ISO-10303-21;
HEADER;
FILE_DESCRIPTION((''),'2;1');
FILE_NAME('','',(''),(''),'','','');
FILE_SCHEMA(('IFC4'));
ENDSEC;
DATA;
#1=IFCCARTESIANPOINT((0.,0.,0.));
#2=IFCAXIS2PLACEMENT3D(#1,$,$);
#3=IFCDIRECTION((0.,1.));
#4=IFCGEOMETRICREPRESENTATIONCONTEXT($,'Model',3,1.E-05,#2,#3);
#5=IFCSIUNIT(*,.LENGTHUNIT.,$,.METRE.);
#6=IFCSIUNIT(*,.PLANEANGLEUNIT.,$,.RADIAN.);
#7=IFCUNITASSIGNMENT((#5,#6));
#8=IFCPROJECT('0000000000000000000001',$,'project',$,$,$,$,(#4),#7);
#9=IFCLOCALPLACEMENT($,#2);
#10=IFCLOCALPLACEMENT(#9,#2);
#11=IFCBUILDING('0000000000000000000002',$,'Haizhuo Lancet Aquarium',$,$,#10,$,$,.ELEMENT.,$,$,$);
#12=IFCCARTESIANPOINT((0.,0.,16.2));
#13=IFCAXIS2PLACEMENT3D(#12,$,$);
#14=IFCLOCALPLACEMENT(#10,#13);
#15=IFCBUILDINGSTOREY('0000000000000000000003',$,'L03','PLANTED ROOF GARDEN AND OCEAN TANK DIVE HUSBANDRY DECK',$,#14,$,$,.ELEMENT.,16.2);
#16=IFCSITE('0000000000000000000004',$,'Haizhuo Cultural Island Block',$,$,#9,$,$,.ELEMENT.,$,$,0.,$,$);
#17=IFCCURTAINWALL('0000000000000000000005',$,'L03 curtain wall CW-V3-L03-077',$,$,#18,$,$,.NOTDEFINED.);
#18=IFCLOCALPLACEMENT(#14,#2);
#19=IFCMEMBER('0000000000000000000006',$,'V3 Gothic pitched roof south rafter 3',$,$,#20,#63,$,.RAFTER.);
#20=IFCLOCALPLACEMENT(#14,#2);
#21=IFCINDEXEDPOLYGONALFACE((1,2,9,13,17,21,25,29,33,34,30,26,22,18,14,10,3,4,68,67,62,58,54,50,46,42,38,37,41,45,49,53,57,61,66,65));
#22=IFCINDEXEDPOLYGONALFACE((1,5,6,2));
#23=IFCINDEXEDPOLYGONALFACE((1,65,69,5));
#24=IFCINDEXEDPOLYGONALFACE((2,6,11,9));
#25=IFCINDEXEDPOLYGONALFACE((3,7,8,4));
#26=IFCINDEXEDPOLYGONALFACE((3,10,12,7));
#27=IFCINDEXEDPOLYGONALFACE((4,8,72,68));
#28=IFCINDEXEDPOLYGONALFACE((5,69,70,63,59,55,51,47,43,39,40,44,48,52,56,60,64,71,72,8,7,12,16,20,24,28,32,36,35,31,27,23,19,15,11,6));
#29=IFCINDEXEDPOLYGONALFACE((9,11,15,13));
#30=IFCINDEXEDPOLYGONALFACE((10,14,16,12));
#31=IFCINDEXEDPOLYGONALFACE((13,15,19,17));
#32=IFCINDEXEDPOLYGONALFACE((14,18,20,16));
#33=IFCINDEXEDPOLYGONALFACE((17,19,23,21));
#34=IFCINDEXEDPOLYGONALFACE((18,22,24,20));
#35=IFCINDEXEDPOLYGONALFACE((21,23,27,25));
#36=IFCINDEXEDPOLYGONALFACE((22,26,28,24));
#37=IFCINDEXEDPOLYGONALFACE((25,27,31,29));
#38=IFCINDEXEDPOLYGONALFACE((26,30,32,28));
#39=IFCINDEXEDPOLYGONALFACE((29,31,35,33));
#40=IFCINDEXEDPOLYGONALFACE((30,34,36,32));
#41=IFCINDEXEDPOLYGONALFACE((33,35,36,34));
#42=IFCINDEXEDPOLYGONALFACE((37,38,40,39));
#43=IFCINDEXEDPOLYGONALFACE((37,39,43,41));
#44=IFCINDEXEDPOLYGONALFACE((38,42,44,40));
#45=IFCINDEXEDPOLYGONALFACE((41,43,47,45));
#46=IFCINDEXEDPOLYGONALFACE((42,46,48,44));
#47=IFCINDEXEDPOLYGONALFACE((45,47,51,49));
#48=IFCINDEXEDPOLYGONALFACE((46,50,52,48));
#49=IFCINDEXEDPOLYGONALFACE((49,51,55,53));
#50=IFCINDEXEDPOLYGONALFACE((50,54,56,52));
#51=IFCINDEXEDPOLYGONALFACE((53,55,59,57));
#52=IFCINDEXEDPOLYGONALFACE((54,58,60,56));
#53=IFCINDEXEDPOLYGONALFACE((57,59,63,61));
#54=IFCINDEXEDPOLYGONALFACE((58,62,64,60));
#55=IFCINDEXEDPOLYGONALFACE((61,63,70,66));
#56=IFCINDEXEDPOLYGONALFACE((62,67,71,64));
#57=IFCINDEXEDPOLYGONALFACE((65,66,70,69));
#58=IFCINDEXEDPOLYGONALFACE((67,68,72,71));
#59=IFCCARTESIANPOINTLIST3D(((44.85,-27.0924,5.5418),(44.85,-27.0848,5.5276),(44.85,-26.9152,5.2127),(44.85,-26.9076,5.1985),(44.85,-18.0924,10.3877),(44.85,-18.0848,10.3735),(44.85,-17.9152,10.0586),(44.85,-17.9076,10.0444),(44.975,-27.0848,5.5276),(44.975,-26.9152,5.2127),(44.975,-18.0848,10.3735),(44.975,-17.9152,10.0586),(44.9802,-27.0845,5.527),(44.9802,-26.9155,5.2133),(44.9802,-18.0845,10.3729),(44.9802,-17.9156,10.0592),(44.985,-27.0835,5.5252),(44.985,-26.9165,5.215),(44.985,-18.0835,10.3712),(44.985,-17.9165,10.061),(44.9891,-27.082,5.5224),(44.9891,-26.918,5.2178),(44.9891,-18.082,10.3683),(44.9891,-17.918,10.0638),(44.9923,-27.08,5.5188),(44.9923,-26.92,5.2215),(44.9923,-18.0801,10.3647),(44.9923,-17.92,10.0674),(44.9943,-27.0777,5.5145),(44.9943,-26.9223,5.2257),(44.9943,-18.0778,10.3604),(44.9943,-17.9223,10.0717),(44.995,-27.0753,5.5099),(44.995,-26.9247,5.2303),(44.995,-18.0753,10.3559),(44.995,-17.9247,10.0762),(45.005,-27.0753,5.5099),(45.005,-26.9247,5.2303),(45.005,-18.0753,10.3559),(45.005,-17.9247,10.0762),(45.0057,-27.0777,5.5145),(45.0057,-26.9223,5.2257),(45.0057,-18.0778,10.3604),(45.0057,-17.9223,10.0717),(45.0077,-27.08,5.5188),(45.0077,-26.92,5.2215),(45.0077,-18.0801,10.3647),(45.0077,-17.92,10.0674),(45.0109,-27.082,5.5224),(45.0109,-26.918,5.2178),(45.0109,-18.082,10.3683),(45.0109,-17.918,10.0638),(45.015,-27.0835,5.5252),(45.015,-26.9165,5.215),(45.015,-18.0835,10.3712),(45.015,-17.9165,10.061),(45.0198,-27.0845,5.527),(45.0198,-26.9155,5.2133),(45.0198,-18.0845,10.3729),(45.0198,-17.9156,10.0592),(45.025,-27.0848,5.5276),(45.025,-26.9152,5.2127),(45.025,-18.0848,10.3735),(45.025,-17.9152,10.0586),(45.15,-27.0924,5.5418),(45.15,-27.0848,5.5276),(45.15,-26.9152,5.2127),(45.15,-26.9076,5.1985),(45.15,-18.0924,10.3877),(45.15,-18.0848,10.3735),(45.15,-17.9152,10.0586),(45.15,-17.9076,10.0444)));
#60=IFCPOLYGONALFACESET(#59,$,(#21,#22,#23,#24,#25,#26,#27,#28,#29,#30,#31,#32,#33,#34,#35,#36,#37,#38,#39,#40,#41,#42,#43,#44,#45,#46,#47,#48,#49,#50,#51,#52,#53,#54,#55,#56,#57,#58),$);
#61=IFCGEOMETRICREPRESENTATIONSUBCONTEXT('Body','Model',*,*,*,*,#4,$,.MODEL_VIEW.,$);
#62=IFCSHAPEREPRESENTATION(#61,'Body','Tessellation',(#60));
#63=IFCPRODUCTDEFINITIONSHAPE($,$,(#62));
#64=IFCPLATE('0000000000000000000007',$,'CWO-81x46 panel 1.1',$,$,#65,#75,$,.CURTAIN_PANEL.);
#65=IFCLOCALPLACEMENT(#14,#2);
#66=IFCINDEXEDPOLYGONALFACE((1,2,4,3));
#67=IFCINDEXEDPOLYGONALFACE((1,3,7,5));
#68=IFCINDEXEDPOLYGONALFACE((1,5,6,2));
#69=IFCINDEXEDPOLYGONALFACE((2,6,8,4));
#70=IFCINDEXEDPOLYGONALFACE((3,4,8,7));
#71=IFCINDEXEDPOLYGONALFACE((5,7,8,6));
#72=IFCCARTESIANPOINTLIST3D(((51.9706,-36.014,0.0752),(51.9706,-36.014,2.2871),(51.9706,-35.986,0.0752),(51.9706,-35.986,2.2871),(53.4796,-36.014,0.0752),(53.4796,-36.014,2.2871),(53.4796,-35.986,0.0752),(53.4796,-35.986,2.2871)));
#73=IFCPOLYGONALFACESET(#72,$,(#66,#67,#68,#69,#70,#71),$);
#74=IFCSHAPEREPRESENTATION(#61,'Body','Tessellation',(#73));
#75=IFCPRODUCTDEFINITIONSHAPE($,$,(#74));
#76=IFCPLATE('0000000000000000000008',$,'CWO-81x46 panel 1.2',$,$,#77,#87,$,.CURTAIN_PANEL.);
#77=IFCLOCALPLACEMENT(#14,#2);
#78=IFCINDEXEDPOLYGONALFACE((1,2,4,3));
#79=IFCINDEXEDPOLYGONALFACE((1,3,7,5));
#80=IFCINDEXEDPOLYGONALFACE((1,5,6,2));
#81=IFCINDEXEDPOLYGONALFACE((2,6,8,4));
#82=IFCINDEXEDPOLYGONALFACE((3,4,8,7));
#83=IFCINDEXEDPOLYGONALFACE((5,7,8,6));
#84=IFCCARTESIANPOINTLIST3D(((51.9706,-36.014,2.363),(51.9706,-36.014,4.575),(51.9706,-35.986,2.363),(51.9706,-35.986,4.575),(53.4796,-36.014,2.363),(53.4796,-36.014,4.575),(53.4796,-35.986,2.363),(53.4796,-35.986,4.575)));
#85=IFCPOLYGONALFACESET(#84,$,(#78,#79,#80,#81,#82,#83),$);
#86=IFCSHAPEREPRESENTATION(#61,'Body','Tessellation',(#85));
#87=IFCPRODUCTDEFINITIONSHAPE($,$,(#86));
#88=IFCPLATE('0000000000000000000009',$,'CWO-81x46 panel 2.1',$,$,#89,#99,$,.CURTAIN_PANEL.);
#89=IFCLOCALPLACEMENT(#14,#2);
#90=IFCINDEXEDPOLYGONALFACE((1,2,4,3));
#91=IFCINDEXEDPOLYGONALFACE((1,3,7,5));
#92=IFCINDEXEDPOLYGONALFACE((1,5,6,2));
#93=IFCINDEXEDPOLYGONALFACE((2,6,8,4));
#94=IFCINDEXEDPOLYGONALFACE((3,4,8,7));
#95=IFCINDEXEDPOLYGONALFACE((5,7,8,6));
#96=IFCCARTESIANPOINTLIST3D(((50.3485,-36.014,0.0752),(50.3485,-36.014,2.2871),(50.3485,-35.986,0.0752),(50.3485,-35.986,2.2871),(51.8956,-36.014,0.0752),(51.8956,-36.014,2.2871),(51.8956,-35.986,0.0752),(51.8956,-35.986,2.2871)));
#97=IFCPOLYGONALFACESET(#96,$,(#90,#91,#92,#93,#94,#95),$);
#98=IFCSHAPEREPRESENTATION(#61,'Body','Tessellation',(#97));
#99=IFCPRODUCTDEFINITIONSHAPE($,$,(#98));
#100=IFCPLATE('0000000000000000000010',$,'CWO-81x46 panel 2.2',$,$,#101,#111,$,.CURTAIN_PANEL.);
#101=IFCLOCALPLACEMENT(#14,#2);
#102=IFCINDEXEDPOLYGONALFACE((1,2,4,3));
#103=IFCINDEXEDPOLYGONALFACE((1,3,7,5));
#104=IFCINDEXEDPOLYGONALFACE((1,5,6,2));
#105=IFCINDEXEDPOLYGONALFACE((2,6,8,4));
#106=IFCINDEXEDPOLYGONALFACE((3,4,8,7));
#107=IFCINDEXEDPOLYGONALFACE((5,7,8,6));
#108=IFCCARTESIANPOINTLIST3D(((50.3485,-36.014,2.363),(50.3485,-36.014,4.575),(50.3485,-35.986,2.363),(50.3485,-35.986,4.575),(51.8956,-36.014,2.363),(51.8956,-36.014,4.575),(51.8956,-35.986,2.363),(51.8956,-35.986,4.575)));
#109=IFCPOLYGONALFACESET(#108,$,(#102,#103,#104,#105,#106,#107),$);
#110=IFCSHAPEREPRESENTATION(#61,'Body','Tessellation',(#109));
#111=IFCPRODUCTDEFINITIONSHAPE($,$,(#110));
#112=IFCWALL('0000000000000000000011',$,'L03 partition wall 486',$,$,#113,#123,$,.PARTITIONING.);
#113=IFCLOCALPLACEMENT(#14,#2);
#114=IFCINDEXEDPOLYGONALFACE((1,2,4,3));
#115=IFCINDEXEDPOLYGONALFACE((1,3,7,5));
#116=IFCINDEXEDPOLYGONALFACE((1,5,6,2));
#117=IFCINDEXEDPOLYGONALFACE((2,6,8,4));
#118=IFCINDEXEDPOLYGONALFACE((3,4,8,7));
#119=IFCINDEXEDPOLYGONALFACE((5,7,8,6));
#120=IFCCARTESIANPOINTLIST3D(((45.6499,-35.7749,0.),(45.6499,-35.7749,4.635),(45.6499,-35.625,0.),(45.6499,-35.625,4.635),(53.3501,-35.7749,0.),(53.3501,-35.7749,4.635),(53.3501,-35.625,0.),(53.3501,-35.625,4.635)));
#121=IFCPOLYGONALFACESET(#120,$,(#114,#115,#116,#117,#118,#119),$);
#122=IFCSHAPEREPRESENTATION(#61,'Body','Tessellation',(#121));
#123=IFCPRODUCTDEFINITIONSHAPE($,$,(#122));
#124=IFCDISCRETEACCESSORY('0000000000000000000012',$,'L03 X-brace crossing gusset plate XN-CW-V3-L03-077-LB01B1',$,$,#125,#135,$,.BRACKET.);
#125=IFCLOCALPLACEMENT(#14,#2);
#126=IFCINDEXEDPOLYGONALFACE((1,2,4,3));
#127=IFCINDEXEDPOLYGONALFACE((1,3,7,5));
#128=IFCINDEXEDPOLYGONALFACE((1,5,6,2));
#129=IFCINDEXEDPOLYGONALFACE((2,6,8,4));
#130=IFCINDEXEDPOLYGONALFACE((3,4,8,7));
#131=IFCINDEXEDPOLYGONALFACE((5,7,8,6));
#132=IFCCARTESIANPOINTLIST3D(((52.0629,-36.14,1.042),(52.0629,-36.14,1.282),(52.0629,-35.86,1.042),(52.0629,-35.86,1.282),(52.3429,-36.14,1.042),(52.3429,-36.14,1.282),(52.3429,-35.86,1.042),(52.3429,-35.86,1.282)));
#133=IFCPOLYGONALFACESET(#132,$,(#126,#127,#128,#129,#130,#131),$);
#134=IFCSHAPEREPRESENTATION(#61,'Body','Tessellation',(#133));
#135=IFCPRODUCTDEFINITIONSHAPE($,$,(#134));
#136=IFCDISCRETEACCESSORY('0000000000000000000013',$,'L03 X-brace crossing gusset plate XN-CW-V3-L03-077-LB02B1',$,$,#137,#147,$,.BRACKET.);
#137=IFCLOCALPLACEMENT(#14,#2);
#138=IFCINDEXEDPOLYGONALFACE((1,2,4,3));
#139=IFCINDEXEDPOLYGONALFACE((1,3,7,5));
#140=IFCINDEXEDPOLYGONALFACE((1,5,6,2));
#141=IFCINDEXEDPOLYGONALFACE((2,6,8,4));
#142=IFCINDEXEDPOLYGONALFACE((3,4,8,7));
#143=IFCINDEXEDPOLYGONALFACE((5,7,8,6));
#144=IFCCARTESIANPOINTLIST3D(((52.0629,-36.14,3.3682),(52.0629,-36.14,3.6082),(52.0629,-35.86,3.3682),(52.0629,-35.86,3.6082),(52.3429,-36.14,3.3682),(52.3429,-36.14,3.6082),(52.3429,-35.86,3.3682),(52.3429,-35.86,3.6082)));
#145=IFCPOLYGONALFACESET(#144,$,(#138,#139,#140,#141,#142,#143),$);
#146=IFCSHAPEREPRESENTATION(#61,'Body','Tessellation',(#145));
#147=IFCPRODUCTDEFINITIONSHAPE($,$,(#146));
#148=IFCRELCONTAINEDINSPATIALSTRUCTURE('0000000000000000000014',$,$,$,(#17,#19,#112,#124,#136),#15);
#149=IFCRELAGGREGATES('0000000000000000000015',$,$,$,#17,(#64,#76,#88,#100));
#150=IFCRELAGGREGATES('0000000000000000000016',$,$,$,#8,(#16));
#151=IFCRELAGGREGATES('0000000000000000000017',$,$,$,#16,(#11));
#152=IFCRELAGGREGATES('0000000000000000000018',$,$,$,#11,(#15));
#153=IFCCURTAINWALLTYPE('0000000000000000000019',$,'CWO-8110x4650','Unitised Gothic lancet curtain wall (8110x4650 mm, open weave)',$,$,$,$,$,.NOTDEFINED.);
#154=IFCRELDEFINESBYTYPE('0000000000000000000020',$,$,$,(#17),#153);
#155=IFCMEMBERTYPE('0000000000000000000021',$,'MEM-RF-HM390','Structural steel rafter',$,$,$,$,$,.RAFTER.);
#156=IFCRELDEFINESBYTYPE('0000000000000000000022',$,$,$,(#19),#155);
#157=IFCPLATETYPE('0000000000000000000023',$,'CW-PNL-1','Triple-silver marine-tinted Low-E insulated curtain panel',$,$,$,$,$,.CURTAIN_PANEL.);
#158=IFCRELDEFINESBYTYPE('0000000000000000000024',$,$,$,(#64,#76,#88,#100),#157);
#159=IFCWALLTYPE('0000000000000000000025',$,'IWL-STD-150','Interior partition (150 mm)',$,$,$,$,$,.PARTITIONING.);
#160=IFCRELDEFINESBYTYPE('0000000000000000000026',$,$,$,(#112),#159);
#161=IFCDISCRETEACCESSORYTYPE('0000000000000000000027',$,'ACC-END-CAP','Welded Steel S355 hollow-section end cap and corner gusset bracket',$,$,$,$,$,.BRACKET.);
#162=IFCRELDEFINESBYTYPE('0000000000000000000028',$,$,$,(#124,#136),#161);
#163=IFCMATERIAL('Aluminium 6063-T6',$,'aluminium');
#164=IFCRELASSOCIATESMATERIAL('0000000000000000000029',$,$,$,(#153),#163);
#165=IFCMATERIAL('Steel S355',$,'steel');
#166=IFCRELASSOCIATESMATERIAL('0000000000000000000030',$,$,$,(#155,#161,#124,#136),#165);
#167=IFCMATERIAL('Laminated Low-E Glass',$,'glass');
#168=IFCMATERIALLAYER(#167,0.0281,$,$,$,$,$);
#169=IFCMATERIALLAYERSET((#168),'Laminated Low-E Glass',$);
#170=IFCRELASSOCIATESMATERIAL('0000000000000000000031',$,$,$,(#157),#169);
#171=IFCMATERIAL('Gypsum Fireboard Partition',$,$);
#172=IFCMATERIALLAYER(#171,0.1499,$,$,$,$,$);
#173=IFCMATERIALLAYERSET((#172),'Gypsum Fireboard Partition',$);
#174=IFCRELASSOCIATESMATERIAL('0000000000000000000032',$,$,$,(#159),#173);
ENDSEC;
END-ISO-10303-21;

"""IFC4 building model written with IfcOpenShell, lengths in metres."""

from ifc_helpers import new_model, si_unit, direction, frame, frame_2d, origin, origin_2d, place, context, subcontext, project, spatial, rectangle, i_section, extrude, material, layer, layer_set, material_profile, profile_set, type_object, element, aggregate, save


model = new_model("IFC4")

# Units and contexts
model_context = context("Model", 3, precision=1e-05, world=origin(), true_north=direction((0.0, 1.0)))
body_context = subcontext(model_context, "Body", "Model", "MODEL_VIEW")
ifc_project = project(units=[si_unit("LENGTHUNIT", "METRE"), si_unit("PLANEANGLEUNIT", "RADIAN")], contexts=[model_context])

# Site, building, storey
site_placement = place(None, origin())
site = spatial("IfcSite", under=ifc_project, at=site_placement, Name="Haizhuo Cultural Island Block", CompositionType="ELEMENT", RefElevation=0.0)
building_placement = place(site_placement, origin())
building = spatial("IfcBuilding", under=site, at=building_placement, Name="Haizhuo Lancet Aquarium", CompositionType="ELEMENT")
storey_placement = place(building_placement, frame((0.0, 0.0, 16.2)))
storey = spatial("IfcBuildingStorey", under=building, at=storey_placement, Name="L03", Description="PLANTED ROOF GARDEN AND OCEAN TANK DIVE HUSBANDRY DECK", CompositionType="ELEMENT", Elevation=16.2)

# Curtain wall
ifc_material_1 = material(Name="Aluminium 6063-T6", Category="aluminium")
curtain_wall_type = type_object("IfcCurtainWallType", Name="CWO-8110x4650", Description="Unitised Gothic lancet curtain wall (8110x4650 mm, open weave)", PredefinedType="NOTDEFINED", material=ifc_material_1)
curtain_wall_placement = place(storey_placement, origin())
curtain_wall = element("IfcCurtainWall", 1, at=curtain_wall_placement, inside=storey, type_object=curtain_wall_type, Name="L03 curtain wall CW-V3-L03-077", PredefinedType="NOTDEFINED")

# Member
ifc_material_2 = material(Name="Steel S355", Category="steel")
ifc_material_profile_1 = material_profile(ifc_material_2, i_section(OverallWidth=0.3, OverallDepth=0.3899, WebThickness=0.01, FlangeThickness=0.0161, FilletRadius=0.02, at=origin_2d()), Name="HM 390x300x10x16")
ifc_profile_set_1 = profile_set([ifc_material_profile_1], Name="Steel S355")
member_type_1 = type_object("IfcMemberType", Name="MEM-RF-HM390", Description="Structural steel rafter", PredefinedType="RAFTER", material=ifc_profile_set_1)
member_1_placement = place(storey_placement, frame((45.0, -27.0, 5.3701), z_axis=(0.0, 0.88048, 0.474084), x_axis=(-1.0, 0.0, 0.0)))
element("IfcMember", 2, at=member_1_placement, inside=storey, type_object=member_type_1, Name="V3 Gothic pitched roof south rafter 3", PredefinedType="RAFTER", context=body_context, shape_type="SweptSolid", body=[
    extrude(i_section(OverallWidth=0.3, OverallDepth=0.3899, WebThickness=0.01, FlangeThickness=0.0161, FilletRadius=0.02, at=origin_2d()), origin(), (0.0, 0.0, 1.0), 10.2217),
])

# Plates
ifc_material_3 = material(Name="Laminated Low-E Glass", Category="glass")
ifc_layer_1 = layer(ifc_material_3, 0.0281)
ifc_layer_set_1 = layer_set([ifc_layer_1], Name="Laminated Low-E Glass")
plate_type = type_object("IfcPlateType", Name="CW-PNL-1", Description="Triple-silver marine-tinted Low-E insulated curtain panel", PredefinedType="CURTAIN_PANEL", material=ifc_layer_set_1)
plate_1_placement = place(storey_placement, frame((52.7251, -36.0, 0.0752), z_axis=(0.0, 0.0, 1.0), x_axis=(-1.0, 0.0, 0.0)))
plate_1 = element("IfcPlate", 3, at=plate_1_placement, type_object=plate_type, Name="CWO-81x46 panel 1.1", PredefinedType="CURTAIN_PANEL", context=body_context, shape_type="SweptSolid", body=[
    extrude(rectangle(XDim=1.509, YDim=0.0281, at=origin_2d()), origin(), (0.0, 0.0, 1.0), 2.2119),
])
plate_2_placement = place(storey_placement, frame((52.7251, -36.0, 2.363), z_axis=(0.0, 0.0, 1.0), x_axis=(-1.0, 0.0, 0.0)))
plate_2 = element("IfcPlate", 4, at=plate_2_placement, type_object=plate_type, Name="CWO-81x46 panel 1.2", PredefinedType="CURTAIN_PANEL", context=body_context, shape_type="SweptSolid", body=[
    extrude(rectangle(XDim=1.509, YDim=0.0281, at=origin_2d()), origin(), (0.0, 0.0, 1.0), 2.2119),
])
plate_3_placement = place(storey_placement, frame((51.1221, -36.0, 0.0752), z_axis=(0.0, 0.0, 1.0), x_axis=(-1.0, 0.0, 0.0)))
plate_3 = element("IfcPlate", 5, at=plate_3_placement, type_object=plate_type, Name="CWO-81x46 panel 2.1", PredefinedType="CURTAIN_PANEL", context=body_context, shape_type="SweptSolid", body=[
    extrude(rectangle(XDim=1.5471, YDim=0.0281, at=origin_2d()), origin(), (0.0, 0.0, 1.0), 2.2119),
])
plate_4_placement = place(storey_placement, frame((51.1221, -36.0, 2.363), z_axis=(0.0, 0.0, 1.0), x_axis=(-1.0, 0.0, 0.0)))
plate_4 = element("IfcPlate", 6, at=plate_4_placement, type_object=plate_type, Name="CWO-81x46 panel 2.2", PredefinedType="CURTAIN_PANEL", context=body_context, shape_type="SweptSolid", body=[
    extrude(rectangle(XDim=1.5471, YDim=0.0281, at=origin_2d()), origin(), (0.0, 0.0, 1.0), 2.2119),
])
aggregate(curtain_wall, [plate_1, plate_2, plate_3, plate_4])

# Wall
ifc_material_4 = material(Name="Gypsum Fireboard Partition")
ifc_layer_2 = layer(ifc_material_4, 0.1499)
ifc_layer_set_2 = layer_set([ifc_layer_2], Name="Gypsum Fireboard Partition")
wall_type = type_object("IfcWallType", Name="IWL-STD-150", Description="Interior partition (150 mm)", PredefinedType="PARTITIONING", material=ifc_layer_set_2)
wall_placement = place(storey_placement, frame((45.6499, -35.7, 0.0), z_axis=(0.0, 0.0, 1.0), x_axis=(1.0, 0.0, 0.0)))
element("IfcWall", 7, at=wall_placement, inside=storey, type_object=wall_type, Name="L03 partition wall 486", PredefinedType="PARTITIONING", context=body_context, shape_type="SweptSolid", body=[
    extrude(rectangle(XDim=7.7002, YDim=0.1499, at=frame_2d((3.8501, 0.0))), origin(), (0.0, 0.0, 1.0), 4.635),
])

# Discrete accessories
discrete_accessory_type = type_object("IfcDiscreteAccessoryType", Name="ACC-END-CAP", Description="Welded Steel S355 hollow-section end cap and corner gusset bracket", PredefinedType="BRACKET", material=ifc_material_2)
for number, where, z_axis, x_axis, name in (
    (8, (52.2029, -36.0, 1.042), (0.0, 0.0, 1.0), (1.0, 0.0, 0.0), "L03 X-brace crossing gusset plate XN-CW-V3-L03-077-LB01B1"),
    (9, (52.2029, -36.0, 3.3682), (0.0, 0.0, 1.0), (1.0, 0.0, 0.0), "L03 X-brace crossing gusset plate XN-CW-V3-L03-077-LB02B1"),
):
    element("IfcDiscreteAccessory", number, at=place(storey_placement, frame(where, z_axis=z_axis, x_axis=x_axis)), inside=storey, type_object=discrete_accessory_type, material=ifc_material_2, Name=name, PredefinedType="BRACKET", context=body_context, shape_type="SweptSolid", body=[
        extrude(rectangle(XDim=0.28, YDim=0.28, at=origin_2d()), origin(), (0.0, 0.0, 1.0), 0.24),
    ])

save(model, "model.ifc")
